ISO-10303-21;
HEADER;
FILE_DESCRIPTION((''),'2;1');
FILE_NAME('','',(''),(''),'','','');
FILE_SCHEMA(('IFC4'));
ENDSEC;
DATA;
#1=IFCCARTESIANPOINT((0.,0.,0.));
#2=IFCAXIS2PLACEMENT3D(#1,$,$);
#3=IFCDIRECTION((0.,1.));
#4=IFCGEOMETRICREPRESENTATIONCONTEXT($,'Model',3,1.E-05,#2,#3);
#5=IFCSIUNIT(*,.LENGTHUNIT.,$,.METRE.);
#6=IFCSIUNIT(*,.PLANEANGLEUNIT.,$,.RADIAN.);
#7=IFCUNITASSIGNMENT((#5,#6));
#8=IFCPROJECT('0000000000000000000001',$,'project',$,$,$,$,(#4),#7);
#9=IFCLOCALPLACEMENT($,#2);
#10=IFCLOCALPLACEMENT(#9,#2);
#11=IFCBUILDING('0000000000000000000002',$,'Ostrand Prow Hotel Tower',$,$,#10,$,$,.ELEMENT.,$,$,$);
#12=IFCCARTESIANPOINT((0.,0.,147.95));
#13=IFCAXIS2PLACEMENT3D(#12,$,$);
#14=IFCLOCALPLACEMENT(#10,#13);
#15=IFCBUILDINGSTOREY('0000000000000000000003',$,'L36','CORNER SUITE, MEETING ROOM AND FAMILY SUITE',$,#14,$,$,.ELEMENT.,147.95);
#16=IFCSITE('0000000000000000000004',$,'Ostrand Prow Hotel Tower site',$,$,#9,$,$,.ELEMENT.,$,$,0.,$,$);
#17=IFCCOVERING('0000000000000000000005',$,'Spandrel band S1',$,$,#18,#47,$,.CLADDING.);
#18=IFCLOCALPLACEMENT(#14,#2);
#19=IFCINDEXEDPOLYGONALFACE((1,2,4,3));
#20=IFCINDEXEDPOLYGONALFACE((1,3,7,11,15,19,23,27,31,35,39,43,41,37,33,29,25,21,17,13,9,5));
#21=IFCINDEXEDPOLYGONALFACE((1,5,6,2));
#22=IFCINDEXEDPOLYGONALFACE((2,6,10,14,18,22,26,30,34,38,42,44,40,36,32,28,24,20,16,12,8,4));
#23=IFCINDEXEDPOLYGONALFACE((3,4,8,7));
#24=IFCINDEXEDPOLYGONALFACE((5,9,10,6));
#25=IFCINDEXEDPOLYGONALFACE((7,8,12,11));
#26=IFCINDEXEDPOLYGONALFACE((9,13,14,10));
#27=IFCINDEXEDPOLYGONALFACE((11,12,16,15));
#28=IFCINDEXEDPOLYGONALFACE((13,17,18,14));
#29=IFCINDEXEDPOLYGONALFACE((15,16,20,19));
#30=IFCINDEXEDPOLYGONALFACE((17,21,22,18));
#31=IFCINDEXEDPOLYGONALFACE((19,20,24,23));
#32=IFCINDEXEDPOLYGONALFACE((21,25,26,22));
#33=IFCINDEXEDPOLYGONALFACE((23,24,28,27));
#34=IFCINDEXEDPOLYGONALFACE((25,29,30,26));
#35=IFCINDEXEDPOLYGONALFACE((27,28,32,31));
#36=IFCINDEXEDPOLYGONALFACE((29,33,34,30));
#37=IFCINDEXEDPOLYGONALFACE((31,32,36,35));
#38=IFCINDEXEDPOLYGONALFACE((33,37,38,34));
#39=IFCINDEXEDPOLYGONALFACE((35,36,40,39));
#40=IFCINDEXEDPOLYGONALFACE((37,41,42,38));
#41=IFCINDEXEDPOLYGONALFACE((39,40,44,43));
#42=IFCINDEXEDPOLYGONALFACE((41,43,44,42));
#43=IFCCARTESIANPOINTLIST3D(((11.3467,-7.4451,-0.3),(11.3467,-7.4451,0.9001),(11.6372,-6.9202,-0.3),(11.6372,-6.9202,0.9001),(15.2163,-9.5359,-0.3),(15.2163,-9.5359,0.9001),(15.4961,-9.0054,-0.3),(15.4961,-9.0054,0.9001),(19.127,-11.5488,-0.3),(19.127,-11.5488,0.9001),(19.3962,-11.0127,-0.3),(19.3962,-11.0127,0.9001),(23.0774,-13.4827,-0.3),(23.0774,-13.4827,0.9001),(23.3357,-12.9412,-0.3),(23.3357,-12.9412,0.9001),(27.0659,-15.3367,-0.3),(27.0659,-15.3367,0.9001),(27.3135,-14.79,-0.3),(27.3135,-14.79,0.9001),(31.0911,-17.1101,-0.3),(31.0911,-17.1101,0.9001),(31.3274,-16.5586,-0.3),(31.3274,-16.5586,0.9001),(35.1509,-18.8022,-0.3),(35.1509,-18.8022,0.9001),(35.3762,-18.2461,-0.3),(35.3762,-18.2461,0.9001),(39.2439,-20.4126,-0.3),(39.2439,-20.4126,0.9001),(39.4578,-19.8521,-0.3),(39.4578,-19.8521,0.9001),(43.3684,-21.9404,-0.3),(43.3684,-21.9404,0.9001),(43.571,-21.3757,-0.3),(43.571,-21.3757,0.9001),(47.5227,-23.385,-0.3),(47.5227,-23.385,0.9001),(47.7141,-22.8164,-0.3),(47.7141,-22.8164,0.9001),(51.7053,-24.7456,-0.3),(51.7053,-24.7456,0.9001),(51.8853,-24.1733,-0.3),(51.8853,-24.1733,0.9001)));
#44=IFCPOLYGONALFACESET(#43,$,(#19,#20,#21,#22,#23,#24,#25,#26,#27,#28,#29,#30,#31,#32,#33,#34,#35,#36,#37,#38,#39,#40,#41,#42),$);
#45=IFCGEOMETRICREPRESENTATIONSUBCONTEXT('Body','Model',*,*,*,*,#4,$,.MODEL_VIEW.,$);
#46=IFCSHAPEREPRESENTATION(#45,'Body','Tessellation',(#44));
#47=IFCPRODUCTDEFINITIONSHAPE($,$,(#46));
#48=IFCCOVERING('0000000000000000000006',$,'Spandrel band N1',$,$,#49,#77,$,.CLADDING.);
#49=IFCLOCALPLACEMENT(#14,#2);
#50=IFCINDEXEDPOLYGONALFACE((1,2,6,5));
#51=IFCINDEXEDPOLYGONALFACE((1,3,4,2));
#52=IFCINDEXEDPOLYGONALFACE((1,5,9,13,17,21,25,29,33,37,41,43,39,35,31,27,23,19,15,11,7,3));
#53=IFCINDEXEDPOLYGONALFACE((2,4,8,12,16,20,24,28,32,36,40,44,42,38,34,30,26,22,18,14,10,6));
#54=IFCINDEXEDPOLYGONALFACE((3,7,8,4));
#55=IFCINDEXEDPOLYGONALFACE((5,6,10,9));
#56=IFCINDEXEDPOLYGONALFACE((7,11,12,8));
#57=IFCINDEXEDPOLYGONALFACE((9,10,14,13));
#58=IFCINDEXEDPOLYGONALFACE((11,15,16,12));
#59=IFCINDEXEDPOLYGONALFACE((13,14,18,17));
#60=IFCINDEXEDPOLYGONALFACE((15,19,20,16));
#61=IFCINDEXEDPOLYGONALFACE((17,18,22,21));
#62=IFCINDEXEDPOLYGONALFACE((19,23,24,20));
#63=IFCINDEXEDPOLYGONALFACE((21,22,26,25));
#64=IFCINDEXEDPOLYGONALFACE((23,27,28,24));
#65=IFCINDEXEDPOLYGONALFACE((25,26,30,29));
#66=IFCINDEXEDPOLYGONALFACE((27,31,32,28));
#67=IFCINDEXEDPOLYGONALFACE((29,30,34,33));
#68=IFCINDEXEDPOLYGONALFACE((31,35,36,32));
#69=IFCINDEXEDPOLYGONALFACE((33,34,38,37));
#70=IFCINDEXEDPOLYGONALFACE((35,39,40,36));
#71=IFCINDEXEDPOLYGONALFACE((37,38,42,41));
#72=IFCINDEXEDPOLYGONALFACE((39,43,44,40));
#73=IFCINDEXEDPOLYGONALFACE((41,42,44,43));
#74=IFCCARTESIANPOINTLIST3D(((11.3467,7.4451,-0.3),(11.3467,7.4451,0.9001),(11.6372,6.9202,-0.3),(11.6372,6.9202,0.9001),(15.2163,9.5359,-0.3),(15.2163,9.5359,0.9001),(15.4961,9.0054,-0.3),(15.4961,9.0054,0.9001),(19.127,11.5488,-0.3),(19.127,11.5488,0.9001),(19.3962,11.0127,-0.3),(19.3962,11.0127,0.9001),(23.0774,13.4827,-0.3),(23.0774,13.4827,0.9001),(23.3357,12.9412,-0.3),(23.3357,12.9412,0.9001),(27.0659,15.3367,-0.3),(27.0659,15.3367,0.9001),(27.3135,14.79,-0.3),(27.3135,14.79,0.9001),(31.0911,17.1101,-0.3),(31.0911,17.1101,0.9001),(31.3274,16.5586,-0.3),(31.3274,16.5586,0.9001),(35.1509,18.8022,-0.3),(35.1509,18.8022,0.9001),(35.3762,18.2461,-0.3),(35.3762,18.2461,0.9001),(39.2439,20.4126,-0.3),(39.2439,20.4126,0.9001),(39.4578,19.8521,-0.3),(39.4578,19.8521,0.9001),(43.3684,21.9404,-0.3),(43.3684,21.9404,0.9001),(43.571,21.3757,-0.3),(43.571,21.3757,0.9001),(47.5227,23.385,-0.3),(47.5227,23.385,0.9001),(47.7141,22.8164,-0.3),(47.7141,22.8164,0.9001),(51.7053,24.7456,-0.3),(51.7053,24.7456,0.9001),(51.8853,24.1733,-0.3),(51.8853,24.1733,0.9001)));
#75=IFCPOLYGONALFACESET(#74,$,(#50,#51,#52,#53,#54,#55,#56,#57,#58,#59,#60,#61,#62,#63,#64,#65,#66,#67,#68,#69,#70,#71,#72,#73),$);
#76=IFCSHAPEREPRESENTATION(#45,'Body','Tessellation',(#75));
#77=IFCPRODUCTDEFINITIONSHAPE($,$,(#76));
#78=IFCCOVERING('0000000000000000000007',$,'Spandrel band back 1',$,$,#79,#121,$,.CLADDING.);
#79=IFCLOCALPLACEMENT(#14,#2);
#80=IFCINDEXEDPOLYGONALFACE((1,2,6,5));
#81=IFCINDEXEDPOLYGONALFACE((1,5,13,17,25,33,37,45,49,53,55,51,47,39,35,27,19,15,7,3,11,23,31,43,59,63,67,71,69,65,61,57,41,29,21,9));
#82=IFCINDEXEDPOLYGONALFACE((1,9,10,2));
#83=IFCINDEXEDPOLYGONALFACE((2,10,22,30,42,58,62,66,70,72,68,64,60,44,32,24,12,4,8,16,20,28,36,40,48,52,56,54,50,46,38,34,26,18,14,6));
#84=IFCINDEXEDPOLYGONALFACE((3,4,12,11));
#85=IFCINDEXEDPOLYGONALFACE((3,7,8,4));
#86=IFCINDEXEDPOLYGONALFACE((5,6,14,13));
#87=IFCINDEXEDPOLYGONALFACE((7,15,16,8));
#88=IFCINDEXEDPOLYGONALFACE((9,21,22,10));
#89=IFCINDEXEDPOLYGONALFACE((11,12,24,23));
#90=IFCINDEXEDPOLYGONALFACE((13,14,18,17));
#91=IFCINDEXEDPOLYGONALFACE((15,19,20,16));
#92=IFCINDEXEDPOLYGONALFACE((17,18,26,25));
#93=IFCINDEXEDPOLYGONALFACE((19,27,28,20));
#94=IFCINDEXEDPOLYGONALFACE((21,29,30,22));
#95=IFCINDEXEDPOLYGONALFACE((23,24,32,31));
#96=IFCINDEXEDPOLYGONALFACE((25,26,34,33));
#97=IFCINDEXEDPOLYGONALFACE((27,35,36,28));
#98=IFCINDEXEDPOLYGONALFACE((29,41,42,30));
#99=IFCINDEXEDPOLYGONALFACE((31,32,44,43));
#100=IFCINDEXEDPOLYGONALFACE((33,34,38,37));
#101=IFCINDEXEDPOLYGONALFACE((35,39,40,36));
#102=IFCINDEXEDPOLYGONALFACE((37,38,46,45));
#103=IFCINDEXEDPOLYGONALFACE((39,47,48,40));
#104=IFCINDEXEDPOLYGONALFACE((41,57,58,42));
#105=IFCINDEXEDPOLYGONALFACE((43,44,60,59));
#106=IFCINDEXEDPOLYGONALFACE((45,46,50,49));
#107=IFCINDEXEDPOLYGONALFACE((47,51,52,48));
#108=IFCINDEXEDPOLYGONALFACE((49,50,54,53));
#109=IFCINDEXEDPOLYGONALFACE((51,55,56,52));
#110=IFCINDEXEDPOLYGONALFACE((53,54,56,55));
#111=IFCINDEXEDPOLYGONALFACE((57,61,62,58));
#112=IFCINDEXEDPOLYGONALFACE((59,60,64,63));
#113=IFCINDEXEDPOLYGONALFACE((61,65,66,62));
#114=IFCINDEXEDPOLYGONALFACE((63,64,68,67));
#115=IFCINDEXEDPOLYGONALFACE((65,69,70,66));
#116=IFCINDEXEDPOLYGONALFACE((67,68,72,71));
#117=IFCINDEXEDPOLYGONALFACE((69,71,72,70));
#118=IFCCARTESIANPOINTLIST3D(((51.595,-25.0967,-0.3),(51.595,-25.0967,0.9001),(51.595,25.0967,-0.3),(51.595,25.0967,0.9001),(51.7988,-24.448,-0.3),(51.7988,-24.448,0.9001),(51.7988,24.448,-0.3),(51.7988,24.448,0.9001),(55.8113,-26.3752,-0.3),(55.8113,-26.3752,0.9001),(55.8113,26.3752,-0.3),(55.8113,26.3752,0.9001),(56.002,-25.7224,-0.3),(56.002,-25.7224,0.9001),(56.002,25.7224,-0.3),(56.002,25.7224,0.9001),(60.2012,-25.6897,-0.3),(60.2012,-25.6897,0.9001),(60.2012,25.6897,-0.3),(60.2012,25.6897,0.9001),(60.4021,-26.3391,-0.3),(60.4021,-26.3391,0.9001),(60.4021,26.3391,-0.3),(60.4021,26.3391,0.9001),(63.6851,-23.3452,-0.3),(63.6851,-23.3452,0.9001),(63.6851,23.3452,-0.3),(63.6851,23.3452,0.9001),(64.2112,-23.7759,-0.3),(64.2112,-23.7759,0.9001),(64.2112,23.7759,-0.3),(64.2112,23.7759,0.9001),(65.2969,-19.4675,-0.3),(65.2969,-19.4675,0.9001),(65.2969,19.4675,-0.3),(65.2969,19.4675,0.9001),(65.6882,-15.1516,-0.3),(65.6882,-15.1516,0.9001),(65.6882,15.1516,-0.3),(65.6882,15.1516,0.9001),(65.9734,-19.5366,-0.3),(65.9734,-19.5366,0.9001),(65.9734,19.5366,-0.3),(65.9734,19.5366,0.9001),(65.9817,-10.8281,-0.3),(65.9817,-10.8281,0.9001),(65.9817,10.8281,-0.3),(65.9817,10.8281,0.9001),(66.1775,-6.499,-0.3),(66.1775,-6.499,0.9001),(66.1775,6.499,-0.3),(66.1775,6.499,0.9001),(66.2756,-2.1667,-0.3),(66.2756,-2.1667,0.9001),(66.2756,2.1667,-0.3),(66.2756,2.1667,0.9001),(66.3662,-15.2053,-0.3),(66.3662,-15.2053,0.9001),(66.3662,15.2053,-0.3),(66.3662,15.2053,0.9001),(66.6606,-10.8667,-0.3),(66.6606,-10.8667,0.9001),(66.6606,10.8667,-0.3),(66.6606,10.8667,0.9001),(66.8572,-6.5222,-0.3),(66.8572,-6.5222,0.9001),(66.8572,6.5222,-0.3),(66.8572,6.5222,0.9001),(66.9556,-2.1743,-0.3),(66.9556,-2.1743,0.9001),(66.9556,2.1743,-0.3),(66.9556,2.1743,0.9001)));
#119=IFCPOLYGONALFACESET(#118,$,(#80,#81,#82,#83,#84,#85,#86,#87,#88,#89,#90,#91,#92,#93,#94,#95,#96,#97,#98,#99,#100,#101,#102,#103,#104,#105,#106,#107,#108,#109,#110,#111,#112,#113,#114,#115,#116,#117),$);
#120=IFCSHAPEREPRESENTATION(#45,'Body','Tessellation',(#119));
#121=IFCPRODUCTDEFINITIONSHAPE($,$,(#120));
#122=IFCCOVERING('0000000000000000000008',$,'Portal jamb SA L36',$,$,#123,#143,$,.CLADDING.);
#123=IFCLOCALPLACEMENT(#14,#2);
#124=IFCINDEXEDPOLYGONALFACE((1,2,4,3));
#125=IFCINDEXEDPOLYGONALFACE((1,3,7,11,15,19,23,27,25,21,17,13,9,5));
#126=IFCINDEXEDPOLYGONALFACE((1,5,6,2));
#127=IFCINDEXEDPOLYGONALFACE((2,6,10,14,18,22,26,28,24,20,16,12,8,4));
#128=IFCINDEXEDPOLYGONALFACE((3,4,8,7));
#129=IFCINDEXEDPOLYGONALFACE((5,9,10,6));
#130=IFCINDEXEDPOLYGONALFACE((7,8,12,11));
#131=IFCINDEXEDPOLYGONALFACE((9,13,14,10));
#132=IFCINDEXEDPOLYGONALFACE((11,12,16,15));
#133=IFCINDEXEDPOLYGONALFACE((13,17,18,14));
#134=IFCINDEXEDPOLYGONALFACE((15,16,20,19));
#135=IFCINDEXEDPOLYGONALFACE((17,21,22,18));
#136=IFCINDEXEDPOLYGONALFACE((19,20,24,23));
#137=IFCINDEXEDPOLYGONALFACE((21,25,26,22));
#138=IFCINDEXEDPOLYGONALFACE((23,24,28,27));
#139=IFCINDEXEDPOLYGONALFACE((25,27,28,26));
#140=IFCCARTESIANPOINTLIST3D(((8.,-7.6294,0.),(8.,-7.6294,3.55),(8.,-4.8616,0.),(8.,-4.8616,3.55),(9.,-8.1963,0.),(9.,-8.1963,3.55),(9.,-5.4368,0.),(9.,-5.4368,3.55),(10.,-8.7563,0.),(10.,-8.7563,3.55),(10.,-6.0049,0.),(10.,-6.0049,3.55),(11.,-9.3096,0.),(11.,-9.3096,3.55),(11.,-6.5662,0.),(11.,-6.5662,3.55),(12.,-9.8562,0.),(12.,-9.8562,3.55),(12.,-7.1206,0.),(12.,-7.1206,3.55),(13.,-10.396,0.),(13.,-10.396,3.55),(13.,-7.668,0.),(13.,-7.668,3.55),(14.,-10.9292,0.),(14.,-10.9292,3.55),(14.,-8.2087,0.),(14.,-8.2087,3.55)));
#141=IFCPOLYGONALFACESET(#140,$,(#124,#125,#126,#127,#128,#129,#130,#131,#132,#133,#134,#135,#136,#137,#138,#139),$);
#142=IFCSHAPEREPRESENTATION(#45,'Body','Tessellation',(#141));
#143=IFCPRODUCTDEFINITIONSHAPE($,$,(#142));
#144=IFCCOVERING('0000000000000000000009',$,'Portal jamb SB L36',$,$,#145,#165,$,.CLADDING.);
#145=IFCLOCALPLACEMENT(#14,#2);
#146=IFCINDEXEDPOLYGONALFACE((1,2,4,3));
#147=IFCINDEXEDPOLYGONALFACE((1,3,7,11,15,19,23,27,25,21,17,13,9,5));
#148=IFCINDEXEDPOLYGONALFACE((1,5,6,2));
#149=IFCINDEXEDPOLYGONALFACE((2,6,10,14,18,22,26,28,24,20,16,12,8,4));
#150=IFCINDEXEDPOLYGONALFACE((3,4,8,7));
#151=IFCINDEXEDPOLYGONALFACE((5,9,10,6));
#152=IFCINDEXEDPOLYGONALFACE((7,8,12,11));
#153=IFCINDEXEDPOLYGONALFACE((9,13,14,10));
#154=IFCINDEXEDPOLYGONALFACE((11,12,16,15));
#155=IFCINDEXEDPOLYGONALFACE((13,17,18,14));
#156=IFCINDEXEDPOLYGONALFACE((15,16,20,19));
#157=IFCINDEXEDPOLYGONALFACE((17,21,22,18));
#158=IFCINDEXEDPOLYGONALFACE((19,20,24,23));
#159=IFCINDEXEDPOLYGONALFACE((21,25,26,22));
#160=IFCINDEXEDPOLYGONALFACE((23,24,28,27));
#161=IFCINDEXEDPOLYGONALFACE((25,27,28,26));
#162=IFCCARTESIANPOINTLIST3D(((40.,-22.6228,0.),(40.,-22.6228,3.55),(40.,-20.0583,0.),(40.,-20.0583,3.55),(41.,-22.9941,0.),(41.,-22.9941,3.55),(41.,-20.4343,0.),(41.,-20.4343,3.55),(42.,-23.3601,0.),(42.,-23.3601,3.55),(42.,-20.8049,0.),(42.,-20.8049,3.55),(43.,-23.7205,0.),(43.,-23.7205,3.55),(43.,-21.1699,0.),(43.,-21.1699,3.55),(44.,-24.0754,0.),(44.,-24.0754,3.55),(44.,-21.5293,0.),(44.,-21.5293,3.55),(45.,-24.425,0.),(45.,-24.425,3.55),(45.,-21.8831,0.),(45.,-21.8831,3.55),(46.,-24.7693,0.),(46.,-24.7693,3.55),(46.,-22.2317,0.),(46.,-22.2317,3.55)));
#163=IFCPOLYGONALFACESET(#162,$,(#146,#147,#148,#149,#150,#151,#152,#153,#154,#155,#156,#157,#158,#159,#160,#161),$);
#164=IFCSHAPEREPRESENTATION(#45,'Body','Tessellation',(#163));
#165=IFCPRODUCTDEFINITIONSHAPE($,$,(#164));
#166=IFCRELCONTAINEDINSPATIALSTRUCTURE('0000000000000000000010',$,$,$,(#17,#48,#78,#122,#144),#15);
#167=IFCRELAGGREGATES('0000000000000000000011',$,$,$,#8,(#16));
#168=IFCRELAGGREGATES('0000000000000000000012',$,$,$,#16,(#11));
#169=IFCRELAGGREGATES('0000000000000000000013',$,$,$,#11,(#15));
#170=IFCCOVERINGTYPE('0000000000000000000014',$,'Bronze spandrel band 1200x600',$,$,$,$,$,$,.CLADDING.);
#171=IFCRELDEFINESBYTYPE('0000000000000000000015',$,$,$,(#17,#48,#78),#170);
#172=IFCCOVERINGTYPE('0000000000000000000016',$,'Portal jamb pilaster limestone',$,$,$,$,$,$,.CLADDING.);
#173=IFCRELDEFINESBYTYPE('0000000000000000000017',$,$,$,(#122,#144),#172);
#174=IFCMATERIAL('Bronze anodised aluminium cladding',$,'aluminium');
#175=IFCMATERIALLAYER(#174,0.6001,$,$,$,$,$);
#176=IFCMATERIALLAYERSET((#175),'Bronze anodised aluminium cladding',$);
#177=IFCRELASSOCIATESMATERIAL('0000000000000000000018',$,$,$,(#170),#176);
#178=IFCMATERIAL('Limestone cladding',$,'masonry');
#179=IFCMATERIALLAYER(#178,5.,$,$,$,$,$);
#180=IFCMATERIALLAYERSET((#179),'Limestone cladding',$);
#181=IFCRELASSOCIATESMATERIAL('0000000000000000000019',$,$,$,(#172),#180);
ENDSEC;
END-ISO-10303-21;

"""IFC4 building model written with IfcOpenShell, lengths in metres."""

from ifc_helpers import new_model, si_unit, direction, frame, origin, place, context, subcontext, project, spatial, polyline, outline, extrude, material, layer, layer_set, type_object, element, save


model = new_model("IFC4")

# Units and contexts
model_context = context("Model", 3, precision=1e-05, world=origin(), true_north=direction((0.0, 1.0)))
body_context = subcontext(model_context, "Body", "Model", "MODEL_VIEW")
ifc_project = project(units=[si_unit("LENGTHUNIT", "METRE"), si_unit("PLANEANGLEUNIT", "RADIAN")], contexts=[model_context])

# Site, building, storey
site_placement = place(None, origin())
site = spatial("IfcSite", under=ifc_project, at=site_placement, Name="Ostrand Prow Hotel Tower site", CompositionType="ELEMENT", RefElevation=0.0)
building_placement = place(site_placement, origin())
building = spatial("IfcBuilding", under=site, at=building_placement, Name="Ostrand Prow Hotel Tower", CompositionType="ELEMENT")
storey_placement = place(building_placement, frame((0.0, 0.0, 147.95)))
storey = spatial("IfcBuildingStorey", under=building, at=storey_placement, Name="L36", Description="CORNER SUITE, MEETING ROOM AND FAMILY SUITE", CompositionType="ELEMENT", Elevation=147.95)

# Coverings
ifc_material_1 = material(Name="Bronze anodised aluminium cladding", Category="aluminium")
ifc_layer_1 = layer(ifc_material_1, 0.6001)
ifc_layer_set_1 = layer_set([ifc_layer_1], Name="Bronze anodised aluminium cladding")
covering_type_1 = type_object("IfcCoveringType", Name="Bronze spandrel band 1200x600", PredefinedType="CLADDING", material=ifc_layer_set_1)
covering_1_placement = place(storey_placement, frame((0.0, 0.0, -0.3)))
element("IfcCovering", 1, at=covering_1_placement, inside=storey, type_object=covering_type_1, Name="Spandrel band S1", PredefinedType="CLADDING", context=body_context, shape_type="SweptSolid", body=[
    extrude(outline(polyline([(11.3467, -7.4451), (15.2163, -9.5359), (19.127, -11.5488), (23.0774, -13.4827), (27.0659, -15.3367), (31.0911, -17.1101), (35.1509, -18.8022), (39.2439, -20.4126), (43.3684, -21.9404), (47.5227, -23.385), (51.7053, -24.7456), (51.8853, -24.1733), (47.7141, -22.8164), (43.571, -21.3757), (39.4578, -19.8521), (35.3762, -18.2461), (31.3274, -16.5586), (27.3135, -14.79), (23.3357, -12.9412), (19.3962, -11.0127), (15.4961, -9.0054), (11.6372, -6.9202), (11.3467, -7.4451)])), origin(), (0.0, 0.0, 1.0), 1.2002),
])
covering_2_placement = place(storey_placement, frame((0.0, 0.0, -0.3)))
element("IfcCovering", 2, at=covering_2_placement, inside=storey, type_object=covering_type_1, Name="Spandrel band N1", PredefinedType="CLADDING", context=body_context, shape_type="SweptSolid", body=[
    extrude(outline(polyline([(51.7053, 24.7456), (47.5227, 23.385), (43.3684, 21.9404), (39.2439, 20.4126), (35.1509, 18.8022), (31.0911, 17.1101), (27.0659, 15.3367), (23.0774, 13.4827), (19.127, 11.5488), (15.2163, 9.5359), (11.3467, 7.4451), (11.6372, 6.9202), (15.4961, 9.0054), (19.3962, 11.0127), (23.3357, 12.9412), (27.3135, 14.79), (31.3274, 16.5586), (35.3762, 18.2461), (39.4578, 19.8521), (43.571, 21.3757), (47.7141, 22.8164), (51.8853, 24.1733), (51.7053, 24.7456)])), origin(), (0.0, 0.0, 1.0), 1.2002),
])
covering_3_placement = place(storey_placement, frame((0.0, 0.0, -0.3)))
element("IfcCovering", 3, at=covering_3_placement, inside=storey, type_object=covering_type_1, Name="Spandrel band back 1", PredefinedType="CLADDING", context=body_context, shape_type="SweptSolid", body=[
    extrude(outline(polyline([(51.595, -25.0967), (55.8113, -26.3752), (60.4021, -26.3391), (64.2112, -23.7759), (65.9734, -19.5366), (66.3662, -15.2053), (66.6606, -10.8667), (66.8572, -6.5222), (66.9556, -2.1743), (66.9556, 2.1743), (66.8572, 6.5222), (66.6606, 10.8667), (66.3662, 15.2053), (65.9734, 19.5366), (64.2112, 23.7759), (60.4021, 26.3391), (55.8113, 26.3752), (51.595, 25.0967), (51.7988, 24.448), (56.002, 25.7224), (60.2012, 25.6897), (63.6851, 23.3452), (65.2969, 19.4675), (65.6882, 15.1516), (65.9817, 10.8281), (66.1775, 6.499), (66.2756, 2.1667), (66.2756, -2.1667), (66.1775, -6.499), (65.9817, -10.8281), (65.6882, -15.1516), (65.2969, -19.4675), (63.6851, -23.3452), (60.2012, -25.6897), (56.002, -25.7224), (51.7988, -24.448), (51.595, -25.0967)])), origin(), (0.0, 0.0, 1.0), 1.2002),
])
ifc_material_2 = material(Name="Limestone cladding", Category="masonry")
ifc_layer_2 = layer(ifc_material_2, 5.0)
ifc_layer_set_2 = layer_set([ifc_layer_2], Name="Limestone cladding")
covering_type_2 = type_object("IfcCoveringType", Name="Portal jamb pilaster limestone", PredefinedType="CLADDING", material=ifc_layer_set_2)
covering_4_placement = place(storey_placement, origin())
element("IfcCovering", 4, at=covering_4_placement, inside=storey, type_object=covering_type_2, Name="Portal jamb SA L36", PredefinedType="CLADDING", context=body_context, shape_type="SweptSolid", body=[
    extrude(outline(polyline([(8.0, -4.8616), (8.0, -7.6294), (9.0, -8.1963), (10.0, -8.7563), (11.0, -9.3096), (12.0, -9.8562), (13.0, -10.396), (14.0, -10.9292), (14.0, -8.2087), (13.0, -7.668), (12.0, -7.1206), (11.0, -6.5662), (10.0, -6.0049), (9.0, -5.4368), (8.0, -4.8616)])), origin(), (0.0, 0.0, 1.0), 3.55),
])
covering_5_placement = place(storey_placement, origin())
element("IfcCovering", 5, at=covering_5_placement, inside=storey, type_object=covering_type_2, Name="Portal jamb SB L36", PredefinedType="CLADDING", context=body_context, shape_type="SweptSolid", body=[
    extrude(outline(polyline([(40.0, -20.0583), (40.0, -22.6228), (41.0, -22.9941), (42.0, -23.3601), (43.0, -23.7205), (44.0, -24.0754), (45.0, -24.425), (46.0, -24.7693), (46.0, -22.2317), (45.0, -21.8831), (44.0, -21.5293), (43.0, -21.1699), (42.0, -20.8049), (41.0, -20.4343), (40.0, -20.0583)])), origin(), (0.0, 0.0, 1.0), 3.55),
])

save(model, "model.ifc")
